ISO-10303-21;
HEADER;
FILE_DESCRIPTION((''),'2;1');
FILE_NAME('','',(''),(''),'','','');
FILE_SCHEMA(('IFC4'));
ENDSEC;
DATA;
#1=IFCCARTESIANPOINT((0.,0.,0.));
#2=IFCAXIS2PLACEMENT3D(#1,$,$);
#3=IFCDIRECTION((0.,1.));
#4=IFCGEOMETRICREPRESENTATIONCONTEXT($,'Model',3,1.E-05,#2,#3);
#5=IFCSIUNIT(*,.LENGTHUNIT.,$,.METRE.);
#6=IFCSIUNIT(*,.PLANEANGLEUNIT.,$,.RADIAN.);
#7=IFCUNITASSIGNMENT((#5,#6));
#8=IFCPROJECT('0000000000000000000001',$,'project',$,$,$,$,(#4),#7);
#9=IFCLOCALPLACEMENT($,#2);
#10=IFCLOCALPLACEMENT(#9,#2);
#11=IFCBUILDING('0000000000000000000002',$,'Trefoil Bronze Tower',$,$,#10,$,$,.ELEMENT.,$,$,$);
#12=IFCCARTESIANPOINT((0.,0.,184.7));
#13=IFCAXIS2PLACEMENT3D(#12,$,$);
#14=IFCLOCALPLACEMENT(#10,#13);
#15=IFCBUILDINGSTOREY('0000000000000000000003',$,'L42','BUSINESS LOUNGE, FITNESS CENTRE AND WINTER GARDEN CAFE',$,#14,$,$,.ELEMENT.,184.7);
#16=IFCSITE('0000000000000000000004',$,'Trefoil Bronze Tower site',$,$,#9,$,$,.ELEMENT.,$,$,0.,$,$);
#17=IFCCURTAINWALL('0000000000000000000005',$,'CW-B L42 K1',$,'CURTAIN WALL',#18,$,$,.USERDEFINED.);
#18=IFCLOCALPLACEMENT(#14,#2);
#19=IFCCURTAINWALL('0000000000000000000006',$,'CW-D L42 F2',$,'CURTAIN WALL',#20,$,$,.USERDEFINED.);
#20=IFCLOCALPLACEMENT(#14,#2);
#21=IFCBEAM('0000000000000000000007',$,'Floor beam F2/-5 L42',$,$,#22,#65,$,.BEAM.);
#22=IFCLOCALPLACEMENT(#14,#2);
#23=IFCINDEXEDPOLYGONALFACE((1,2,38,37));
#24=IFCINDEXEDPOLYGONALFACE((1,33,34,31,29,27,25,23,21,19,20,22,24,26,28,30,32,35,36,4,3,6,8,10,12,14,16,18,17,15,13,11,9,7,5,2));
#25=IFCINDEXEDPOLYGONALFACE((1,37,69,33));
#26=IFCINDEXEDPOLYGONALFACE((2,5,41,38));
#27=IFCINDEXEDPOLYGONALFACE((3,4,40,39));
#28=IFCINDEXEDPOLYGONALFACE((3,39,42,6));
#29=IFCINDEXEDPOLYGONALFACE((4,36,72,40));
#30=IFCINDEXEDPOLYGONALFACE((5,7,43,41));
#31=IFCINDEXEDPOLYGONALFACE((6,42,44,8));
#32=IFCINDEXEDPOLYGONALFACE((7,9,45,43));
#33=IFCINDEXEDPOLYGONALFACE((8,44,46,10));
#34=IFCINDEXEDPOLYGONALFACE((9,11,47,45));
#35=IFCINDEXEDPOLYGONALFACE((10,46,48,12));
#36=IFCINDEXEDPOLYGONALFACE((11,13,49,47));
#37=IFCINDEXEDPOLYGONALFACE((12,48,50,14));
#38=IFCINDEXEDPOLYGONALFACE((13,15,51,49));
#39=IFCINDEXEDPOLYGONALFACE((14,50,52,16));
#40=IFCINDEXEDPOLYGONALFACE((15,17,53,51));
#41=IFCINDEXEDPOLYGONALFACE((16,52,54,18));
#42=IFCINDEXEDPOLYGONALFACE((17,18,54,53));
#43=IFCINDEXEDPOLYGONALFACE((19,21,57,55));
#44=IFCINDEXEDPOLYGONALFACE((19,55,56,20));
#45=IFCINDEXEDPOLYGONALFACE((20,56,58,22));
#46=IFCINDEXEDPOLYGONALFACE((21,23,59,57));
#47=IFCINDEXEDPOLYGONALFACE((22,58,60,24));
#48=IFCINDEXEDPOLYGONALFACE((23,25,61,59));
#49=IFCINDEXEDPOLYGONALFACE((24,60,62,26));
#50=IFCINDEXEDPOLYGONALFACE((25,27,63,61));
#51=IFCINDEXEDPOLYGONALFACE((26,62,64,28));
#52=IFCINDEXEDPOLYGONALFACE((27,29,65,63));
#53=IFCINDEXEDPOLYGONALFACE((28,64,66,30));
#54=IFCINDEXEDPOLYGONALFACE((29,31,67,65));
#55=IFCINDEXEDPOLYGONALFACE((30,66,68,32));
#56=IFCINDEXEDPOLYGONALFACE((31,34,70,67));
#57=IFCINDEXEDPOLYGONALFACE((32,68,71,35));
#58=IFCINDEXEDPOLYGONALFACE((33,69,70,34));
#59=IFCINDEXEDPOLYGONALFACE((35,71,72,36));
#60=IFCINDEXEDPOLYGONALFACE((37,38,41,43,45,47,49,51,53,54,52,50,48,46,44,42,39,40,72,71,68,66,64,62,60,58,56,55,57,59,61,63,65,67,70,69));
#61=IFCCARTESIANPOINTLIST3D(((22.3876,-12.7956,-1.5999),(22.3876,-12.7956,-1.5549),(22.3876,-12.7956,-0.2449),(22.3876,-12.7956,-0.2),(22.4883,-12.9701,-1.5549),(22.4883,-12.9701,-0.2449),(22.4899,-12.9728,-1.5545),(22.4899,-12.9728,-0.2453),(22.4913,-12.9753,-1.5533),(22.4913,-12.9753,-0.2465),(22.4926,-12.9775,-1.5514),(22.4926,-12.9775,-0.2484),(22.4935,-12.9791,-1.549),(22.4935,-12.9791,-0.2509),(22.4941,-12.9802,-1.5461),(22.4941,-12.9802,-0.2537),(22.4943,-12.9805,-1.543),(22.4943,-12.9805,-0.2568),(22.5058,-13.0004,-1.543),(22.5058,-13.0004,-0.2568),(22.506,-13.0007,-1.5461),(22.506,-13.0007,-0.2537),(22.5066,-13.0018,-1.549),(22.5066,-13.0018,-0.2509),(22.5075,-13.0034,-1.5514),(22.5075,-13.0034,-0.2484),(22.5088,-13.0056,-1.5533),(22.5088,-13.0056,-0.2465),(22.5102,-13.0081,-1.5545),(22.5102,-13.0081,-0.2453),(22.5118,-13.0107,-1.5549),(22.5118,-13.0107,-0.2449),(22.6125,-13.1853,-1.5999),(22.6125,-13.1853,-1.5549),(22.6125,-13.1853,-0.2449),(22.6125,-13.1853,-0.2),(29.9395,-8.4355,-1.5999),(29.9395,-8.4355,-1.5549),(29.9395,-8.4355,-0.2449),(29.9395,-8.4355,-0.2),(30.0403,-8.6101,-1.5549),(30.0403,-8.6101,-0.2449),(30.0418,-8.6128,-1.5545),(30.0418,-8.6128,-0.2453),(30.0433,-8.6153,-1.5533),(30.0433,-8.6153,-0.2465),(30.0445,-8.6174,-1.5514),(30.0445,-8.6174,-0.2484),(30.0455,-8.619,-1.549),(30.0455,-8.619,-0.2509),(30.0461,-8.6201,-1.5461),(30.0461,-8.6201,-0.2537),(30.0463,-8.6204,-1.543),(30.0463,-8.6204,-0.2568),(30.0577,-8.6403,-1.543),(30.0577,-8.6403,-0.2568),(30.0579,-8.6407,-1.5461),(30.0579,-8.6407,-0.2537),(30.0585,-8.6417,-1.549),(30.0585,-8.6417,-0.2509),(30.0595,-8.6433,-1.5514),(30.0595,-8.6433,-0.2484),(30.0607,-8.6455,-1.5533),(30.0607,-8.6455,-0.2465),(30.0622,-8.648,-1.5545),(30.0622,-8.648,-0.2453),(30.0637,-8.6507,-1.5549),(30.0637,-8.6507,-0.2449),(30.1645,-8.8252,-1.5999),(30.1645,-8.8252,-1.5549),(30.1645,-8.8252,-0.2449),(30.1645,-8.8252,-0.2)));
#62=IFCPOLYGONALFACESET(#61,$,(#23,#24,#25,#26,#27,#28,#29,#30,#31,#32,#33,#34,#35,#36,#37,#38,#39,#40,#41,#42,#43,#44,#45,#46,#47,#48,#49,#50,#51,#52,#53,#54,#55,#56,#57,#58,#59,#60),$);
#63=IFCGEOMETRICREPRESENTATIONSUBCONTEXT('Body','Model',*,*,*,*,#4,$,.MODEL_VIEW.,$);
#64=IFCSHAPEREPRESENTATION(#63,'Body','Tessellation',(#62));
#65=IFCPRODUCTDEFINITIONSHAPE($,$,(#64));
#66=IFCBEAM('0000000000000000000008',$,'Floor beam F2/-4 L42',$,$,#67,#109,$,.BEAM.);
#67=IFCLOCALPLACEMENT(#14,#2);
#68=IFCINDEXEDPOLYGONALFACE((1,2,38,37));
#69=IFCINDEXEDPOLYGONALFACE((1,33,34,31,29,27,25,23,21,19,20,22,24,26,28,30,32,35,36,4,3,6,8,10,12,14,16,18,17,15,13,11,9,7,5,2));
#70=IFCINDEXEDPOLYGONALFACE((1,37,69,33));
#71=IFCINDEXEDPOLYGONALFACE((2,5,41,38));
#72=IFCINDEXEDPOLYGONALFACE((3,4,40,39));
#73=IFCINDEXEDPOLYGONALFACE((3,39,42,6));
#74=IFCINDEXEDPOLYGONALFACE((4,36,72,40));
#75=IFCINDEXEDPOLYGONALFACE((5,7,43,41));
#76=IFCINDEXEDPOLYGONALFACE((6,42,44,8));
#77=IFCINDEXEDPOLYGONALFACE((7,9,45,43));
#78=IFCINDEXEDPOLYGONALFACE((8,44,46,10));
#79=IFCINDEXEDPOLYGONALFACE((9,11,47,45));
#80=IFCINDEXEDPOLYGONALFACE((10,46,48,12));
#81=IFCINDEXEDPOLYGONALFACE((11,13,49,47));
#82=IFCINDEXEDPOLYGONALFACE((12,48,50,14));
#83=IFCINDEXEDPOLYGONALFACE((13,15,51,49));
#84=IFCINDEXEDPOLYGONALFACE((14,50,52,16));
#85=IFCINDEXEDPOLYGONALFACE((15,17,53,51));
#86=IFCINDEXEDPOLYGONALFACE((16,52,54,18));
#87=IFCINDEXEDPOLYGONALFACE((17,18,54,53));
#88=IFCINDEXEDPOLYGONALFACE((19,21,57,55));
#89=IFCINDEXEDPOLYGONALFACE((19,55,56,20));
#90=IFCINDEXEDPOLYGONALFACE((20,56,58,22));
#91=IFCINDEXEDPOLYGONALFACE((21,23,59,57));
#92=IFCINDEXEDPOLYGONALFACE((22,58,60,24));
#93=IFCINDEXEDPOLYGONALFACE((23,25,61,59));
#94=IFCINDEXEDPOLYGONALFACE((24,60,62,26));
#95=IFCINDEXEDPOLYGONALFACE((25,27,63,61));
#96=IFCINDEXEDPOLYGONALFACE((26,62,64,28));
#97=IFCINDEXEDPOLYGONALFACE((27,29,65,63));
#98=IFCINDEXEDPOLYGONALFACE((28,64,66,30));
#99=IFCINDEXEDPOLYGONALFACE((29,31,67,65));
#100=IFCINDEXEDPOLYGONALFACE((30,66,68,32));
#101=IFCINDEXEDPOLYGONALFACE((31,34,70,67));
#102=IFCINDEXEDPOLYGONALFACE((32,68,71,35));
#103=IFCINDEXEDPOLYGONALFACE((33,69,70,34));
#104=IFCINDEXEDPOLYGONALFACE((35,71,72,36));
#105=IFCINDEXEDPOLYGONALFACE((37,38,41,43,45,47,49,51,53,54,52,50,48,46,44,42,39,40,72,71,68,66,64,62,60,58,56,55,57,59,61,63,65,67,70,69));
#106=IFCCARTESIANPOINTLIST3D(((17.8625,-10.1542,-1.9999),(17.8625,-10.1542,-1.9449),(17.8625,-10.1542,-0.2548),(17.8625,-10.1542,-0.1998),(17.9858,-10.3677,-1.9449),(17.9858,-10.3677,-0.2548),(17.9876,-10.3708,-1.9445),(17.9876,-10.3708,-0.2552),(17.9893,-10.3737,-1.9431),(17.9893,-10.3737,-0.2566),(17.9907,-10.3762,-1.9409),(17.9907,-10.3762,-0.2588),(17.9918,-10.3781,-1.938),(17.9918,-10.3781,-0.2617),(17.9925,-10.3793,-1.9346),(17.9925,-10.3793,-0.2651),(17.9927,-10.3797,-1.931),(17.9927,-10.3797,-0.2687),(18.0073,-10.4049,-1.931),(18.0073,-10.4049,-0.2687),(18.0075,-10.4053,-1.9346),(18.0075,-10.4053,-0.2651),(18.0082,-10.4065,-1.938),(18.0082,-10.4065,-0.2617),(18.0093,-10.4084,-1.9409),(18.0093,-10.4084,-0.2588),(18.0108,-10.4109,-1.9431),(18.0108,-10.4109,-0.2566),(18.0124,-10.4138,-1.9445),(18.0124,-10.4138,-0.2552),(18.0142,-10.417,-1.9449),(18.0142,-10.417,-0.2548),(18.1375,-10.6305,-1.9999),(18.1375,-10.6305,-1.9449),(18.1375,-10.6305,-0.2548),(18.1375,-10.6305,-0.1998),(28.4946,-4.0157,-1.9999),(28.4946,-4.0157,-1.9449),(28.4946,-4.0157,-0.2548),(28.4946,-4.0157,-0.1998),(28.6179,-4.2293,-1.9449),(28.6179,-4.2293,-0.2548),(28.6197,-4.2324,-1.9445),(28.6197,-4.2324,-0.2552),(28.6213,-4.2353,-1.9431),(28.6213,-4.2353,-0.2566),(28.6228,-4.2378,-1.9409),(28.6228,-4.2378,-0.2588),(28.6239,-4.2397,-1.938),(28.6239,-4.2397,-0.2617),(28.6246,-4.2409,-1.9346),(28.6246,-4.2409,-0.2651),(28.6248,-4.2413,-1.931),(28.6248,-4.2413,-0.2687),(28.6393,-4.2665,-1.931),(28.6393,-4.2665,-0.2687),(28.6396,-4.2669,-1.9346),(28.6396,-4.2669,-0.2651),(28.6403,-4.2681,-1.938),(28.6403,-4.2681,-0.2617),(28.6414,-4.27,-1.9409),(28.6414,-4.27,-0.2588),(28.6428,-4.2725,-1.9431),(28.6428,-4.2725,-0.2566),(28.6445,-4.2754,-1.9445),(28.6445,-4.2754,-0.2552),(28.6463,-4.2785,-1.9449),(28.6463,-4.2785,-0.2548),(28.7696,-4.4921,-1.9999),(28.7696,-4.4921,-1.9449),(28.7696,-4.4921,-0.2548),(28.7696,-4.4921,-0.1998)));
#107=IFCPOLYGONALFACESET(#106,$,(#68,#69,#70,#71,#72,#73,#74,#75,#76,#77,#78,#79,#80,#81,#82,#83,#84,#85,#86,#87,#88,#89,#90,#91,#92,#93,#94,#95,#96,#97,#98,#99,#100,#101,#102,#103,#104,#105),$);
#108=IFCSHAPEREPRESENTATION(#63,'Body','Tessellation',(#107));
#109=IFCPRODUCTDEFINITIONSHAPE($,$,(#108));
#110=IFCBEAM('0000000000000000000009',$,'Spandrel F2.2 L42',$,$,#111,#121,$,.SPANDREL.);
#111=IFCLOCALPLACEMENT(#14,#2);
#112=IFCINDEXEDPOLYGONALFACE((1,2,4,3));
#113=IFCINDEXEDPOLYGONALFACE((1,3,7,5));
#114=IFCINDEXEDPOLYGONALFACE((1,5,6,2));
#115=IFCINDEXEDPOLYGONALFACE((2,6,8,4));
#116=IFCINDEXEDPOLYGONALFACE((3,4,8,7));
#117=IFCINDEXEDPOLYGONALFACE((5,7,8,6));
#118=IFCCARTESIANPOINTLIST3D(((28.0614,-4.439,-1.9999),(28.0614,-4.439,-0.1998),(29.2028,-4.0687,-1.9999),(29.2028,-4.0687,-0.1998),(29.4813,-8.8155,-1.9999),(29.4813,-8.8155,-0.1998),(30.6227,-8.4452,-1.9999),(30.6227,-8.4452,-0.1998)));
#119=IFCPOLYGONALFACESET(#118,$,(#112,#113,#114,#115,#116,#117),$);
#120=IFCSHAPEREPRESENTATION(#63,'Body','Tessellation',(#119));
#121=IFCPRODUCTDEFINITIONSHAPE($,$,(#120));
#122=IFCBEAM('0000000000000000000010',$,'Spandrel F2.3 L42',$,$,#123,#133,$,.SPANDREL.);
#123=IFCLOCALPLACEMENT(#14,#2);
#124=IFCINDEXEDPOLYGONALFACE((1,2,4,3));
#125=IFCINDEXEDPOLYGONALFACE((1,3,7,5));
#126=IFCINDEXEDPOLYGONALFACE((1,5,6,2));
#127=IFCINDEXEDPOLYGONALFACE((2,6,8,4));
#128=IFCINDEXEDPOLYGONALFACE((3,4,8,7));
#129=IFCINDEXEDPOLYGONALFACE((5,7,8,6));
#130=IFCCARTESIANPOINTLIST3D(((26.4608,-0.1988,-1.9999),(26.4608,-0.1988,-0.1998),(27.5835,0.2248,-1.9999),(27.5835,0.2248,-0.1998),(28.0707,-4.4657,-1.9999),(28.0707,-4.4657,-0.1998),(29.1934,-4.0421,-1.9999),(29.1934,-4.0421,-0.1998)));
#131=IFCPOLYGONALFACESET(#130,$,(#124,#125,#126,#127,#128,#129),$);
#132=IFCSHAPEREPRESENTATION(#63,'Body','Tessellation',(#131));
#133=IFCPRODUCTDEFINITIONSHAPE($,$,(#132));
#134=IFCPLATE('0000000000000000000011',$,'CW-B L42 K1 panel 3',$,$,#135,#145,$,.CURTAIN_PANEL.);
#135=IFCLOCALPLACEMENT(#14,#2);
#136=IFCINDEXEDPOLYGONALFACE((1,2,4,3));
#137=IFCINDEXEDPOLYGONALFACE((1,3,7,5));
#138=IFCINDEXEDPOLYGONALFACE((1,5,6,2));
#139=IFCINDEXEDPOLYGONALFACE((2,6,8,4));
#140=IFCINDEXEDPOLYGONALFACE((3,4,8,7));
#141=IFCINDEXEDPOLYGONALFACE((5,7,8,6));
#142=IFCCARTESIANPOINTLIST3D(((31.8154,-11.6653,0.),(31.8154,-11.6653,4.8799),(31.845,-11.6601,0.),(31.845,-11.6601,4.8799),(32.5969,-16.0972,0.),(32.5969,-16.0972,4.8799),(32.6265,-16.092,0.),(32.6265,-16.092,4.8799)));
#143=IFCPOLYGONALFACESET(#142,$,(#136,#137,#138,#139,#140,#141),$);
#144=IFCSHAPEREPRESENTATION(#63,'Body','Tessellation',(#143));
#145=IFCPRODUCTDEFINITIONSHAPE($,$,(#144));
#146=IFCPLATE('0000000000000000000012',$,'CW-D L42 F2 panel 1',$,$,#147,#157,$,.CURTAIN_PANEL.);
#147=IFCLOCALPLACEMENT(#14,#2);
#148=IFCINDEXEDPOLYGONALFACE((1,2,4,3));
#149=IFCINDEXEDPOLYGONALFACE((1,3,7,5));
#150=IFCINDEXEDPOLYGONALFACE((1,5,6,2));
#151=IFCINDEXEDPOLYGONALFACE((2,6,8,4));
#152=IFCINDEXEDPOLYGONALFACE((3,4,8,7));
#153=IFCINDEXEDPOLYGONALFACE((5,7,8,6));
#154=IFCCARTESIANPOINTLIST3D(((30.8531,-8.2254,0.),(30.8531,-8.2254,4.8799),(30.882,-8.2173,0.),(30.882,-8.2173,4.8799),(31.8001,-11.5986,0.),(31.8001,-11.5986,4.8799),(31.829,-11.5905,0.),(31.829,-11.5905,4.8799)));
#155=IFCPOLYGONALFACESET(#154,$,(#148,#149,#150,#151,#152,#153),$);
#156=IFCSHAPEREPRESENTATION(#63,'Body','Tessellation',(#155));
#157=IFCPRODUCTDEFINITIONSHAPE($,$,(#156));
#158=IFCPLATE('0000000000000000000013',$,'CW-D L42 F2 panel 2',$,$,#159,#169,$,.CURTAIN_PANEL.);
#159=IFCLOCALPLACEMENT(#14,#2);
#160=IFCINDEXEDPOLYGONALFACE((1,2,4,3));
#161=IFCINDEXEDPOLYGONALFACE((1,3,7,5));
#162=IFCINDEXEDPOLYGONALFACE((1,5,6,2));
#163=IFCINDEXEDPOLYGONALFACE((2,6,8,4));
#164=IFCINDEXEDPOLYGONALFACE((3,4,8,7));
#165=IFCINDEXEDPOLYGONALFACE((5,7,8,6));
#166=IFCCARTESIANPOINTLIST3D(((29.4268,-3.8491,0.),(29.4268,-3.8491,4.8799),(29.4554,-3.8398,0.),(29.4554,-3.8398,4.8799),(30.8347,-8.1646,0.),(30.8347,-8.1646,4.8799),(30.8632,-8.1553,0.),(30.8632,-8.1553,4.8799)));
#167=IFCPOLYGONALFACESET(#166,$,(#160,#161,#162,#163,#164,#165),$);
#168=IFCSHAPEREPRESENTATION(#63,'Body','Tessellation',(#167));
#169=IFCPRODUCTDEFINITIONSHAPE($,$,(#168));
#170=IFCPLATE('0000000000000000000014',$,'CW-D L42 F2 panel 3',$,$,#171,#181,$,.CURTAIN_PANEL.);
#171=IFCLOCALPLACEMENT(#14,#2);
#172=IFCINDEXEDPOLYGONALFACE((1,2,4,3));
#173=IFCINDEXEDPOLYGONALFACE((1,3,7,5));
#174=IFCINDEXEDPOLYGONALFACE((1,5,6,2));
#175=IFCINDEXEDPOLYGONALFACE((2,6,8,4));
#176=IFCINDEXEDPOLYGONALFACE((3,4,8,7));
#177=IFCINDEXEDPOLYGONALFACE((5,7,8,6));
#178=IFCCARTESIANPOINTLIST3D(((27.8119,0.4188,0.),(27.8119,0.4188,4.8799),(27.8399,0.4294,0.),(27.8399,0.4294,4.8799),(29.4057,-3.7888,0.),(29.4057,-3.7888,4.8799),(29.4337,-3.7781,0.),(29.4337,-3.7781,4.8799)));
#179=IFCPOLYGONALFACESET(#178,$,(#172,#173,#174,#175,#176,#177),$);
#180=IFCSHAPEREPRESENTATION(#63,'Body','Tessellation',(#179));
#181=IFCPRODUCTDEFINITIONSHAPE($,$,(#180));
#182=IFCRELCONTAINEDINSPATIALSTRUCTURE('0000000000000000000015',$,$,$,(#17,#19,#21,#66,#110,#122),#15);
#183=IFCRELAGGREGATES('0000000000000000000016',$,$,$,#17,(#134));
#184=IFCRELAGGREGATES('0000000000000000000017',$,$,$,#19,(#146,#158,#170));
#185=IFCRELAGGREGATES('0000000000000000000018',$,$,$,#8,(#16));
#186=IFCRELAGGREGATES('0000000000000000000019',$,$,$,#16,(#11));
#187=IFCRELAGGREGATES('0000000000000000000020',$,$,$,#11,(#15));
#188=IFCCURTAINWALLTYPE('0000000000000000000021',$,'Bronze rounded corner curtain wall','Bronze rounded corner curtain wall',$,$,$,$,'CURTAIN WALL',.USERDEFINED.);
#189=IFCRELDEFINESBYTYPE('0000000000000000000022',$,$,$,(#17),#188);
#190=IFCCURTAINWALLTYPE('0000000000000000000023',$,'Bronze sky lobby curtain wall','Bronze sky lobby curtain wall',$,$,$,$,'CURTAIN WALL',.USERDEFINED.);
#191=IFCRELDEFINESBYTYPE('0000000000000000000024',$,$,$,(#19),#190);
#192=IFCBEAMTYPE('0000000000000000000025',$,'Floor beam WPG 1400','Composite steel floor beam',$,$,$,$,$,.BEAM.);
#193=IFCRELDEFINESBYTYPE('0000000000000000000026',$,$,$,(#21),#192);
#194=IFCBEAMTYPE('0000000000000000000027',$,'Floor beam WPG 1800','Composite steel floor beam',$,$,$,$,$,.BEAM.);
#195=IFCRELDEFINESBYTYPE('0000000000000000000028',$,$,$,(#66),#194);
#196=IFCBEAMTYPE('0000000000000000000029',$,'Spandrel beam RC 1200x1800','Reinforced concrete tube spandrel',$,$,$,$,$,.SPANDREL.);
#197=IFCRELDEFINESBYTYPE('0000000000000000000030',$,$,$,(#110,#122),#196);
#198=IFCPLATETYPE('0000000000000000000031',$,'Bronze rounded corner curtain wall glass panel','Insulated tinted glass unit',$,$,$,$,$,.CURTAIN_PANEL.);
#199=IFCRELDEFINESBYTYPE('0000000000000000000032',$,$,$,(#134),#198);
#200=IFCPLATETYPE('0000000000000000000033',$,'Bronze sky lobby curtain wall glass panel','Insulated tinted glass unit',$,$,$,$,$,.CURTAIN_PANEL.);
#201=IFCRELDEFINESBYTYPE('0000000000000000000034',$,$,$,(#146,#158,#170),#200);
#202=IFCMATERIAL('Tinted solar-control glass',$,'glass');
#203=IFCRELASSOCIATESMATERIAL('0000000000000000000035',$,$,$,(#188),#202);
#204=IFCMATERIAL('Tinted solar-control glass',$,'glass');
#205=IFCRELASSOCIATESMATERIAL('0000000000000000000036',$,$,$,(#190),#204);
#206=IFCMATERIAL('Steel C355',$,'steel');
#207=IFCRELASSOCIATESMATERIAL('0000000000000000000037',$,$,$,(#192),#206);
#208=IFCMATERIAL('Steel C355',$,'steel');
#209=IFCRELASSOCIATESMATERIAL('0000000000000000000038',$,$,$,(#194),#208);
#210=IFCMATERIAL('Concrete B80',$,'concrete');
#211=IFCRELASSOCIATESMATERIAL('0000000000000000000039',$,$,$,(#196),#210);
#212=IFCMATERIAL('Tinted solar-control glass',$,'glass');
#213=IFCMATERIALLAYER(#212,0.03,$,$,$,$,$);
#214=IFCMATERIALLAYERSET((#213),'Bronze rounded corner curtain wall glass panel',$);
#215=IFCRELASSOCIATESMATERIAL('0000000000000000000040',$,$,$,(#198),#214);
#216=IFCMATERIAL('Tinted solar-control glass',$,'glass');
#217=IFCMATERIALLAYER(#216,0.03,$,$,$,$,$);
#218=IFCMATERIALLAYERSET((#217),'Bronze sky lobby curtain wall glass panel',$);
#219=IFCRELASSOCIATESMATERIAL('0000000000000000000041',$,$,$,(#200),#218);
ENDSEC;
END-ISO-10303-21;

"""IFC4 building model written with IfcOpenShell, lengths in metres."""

from ifc_helpers import new_model, si_unit, direction, frame, origin, origin_2d, place, context, subcontext, project, spatial, rectangle, i_section, extrude, material, layer, layer_set, material_profile, profile_set, type_object, element, aggregate, save


model = new_model("IFC4")

# Units and contexts
model_context = context("Model", 3, precision=1e-05, world=origin(), true_north=direction((0.0, 1.0)))
body_context = subcontext(model_context, "Body", "Model", "MODEL_VIEW")
ifc_project = project(units=[si_unit("LENGTHUNIT", "METRE"), si_unit("PLANEANGLEUNIT", "RADIAN")], contexts=[model_context])

# Site, building, storey
site_placement = place(None, origin())
site = spatial("IfcSite", under=ifc_project, at=site_placement, Name="Trefoil Bronze Tower site", CompositionType="ELEMENT", RefElevation=0.0)
building_placement = place(site_placement, origin())
building = spatial("IfcBuilding", under=site, at=building_placement, Name="Trefoil Bronze Tower", CompositionType="ELEMENT")
storey_placement = place(building_placement, frame((0.0, 0.0, 184.7)))
storey = spatial("IfcBuildingStorey", under=building, at=storey_placement, Name="L42", Description="BUSINESS LOUNGE, FITNESS CENTRE AND WINTER GARDEN CAFE", CompositionType="ELEMENT", Elevation=184.7)

# Curtain walls
ifc_material_1 = material(Name="Tinted solar-control glass", Category="glass")
curtain_wall_type_1 = type_object("IfcCurtainWallType", Name="Bronze rounded corner curtain wall", Description="Bronze rounded corner curtain wall", ElementType="CURTAIN WALL", PredefinedType="USERDEFINED", material=ifc_material_1)
curtain_wall_1_placement = place(storey_placement, origin())
curtain_wall_1 = element("IfcCurtainWall", 1, at=curtain_wall_1_placement, inside=storey, type_object=curtain_wall_type_1, Name="CW-B L42 K1", ObjectType="CURTAIN WALL", PredefinedType="USERDEFINED")
ifc_material_2 = material(Name="Tinted solar-control glass", Category="glass")
curtain_wall_type_2 = type_object("IfcCurtainWallType", Name="Bronze sky lobby curtain wall", Description="Bronze sky lobby curtain wall", ElementType="CURTAIN WALL", PredefinedType="USERDEFINED", material=ifc_material_2)
curtain_wall_2_placement = place(storey_placement, origin())
curtain_wall_2 = element("IfcCurtainWall", 2, at=curtain_wall_2_placement, inside=storey, type_object=curtain_wall_type_2, Name="CW-D L42 F2", ObjectType="CURTAIN WALL", PredefinedType="USERDEFINED")

# Beams
ifc_material_3 = material(Name="Steel C355", Category="steel")
ifc_material_profile_1 = material_profile(ifc_material_3, i_section(OverallWidth=0.45, OverallDepth=1.3999, WebThickness=0.0229, FlangeThickness=0.0449, FilletRadius=0.012, at=origin_2d()), Name="WPG 1400")
ifc_profile_set_1 = profile_set([ifc_material_profile_1], Name="Steel C355")
beam_type_1 = type_object("IfcBeamType", Name="Floor beam WPG 1400", Description="Composite steel floor beam", PredefinedType="BEAM", material=ifc_profile_set_1)
beam_1_placement = place(storey_placement, frame((30.052, -8.6304, -0.8999), z_axis=(-0.866028, -0.499996, 0.0), x_axis=(0.499996, -0.866028, 0.0)))
element("IfcBeam", 3, at=beam_1_placement, inside=storey, type_object=beam_type_1, Name="Floor beam F2/-5 L42", PredefinedType="BEAM", context=body_context, shape_type="SweptSolid", body=[
    extrude(i_section(OverallWidth=0.45, OverallDepth=1.3999, WebThickness=0.0229, FlangeThickness=0.0449, FilletRadius=0.012, at=origin_2d()), origin(), (0.0, 0.0, 1.0), 8.7202),
])
ifc_material_4 = material(Name="Steel C355", Category="steel")
ifc_material_profile_2 = material_profile(ifc_material_4, i_section(OverallWidth=0.55, OverallDepth=1.8, WebThickness=0.0291, FlangeThickness=0.0549, FilletRadius=0.0139, at=origin_2d()), Name="WPG 1800")
ifc_profile_set_2 = profile_set([ifc_material_profile_2], Name="Steel C355")
beam_type_2 = type_object("IfcBeamType", Name="Floor beam WPG 1800", Description="Composite steel floor beam", PredefinedType="BEAM", material=ifc_profile_set_2)
beam_2_placement = place(storey_placement, frame((28.6321, -4.2539, -1.0999), z_axis=(-0.866026, -0.5, 0.0), x_axis=(0.5, -0.866026, 0.0)))
element("IfcBeam", 4, at=beam_2_placement, inside=storey, type_object=beam_type_2, Name="Floor beam F2/-4 L42", PredefinedType="BEAM", context=body_context, shape_type="SweptSolid", body=[
    extrude(i_section(OverallWidth=0.55, OverallDepth=1.8, WebThickness=0.0291, FlangeThickness=0.0549, FilletRadius=0.0139, at=origin_2d()), origin(), (0.0, 0.0, 1.0), 12.2769),
])
ifc_material_5 = material(Name="Concrete B80", Category="concrete")
ifc_material_profile_3 = material_profile(ifc_material_5, rectangle(XDim=1.2, YDim=1.8, at=origin_2d()), Name="RC 1200x1800")
ifc_profile_set_3 = profile_set([ifc_material_profile_3], Name="Concrete B80")
beam_type_3 = type_object("IfcBeamType", Name="Spandrel beam RC 1200x1800", Description="Reinforced concrete tube spandrel", PredefinedType="SPANDREL", material=ifc_profile_set_3)
beam_3_placement = place(storey_placement, frame((30.052, -8.6304, -1.0999), z_axis=(-0.308609, 0.951189, 0.0), x_axis=(-0.951189, -0.308609, 0.0)))
element("IfcBeam", 5, at=beam_3_placement, inside=storey, type_object=beam_type_3, Name="Spandrel F2.2 L42", PredefinedType="SPANDREL", context=body_context, shape_type="SweptSolid", body=[
    extrude(rectangle(XDim=1.2, YDim=1.8, at=origin_2d()), origin(), (0.0, 0.0, 1.0), 4.6011),
])
beam_4_placement = place(storey_placement, frame((28.6321, -4.2539, -1.0999), z_axis=(-0.353006, 0.935621, 0.0), x_axis=(-0.935621, -0.353006, 0.0)))
element("IfcBeam", 6, at=beam_4_placement, inside=storey, type_object=beam_type_3, Name="Spandrel F2.3 L42", PredefinedType="SPANDREL", context=body_context, shape_type="SweptSolid", body=[
    extrude(rectangle(XDim=1.2, YDim=1.8, at=origin_2d()), origin(), (0.0, 0.0, 1.0), 4.5605),
])

# Plates
ifc_material_6 = material(Name="Tinted solar-control glass", Category="glass")
ifc_layer_1 = layer(ifc_material_6, 0.03)
ifc_layer_set_1 = layer_set([ifc_layer_1], Name="Bronze rounded corner curtain wall glass panel")
plate_type_1 = type_object("IfcPlateType", Name="Bronze rounded corner curtain wall glass panel", Description="Insulated tinted glass unit", PredefinedType="CURTAIN_PANEL", material=ifc_layer_set_1)
plate_1_placement = place(storey_placement, frame((32.2209, -13.8787, 0.0), z_axis=(0.0, 0.0, 1.0), x_axis=(-0.173648, 0.984808, 0.0)))
plate_1 = element("IfcPlate", 7, at=plate_1_placement, type_object=plate_type_1, Name="CW-B L42 K1 panel 3", PredefinedType="CURTAIN_PANEL", context=body_context, shape_type="SweptSolid", body=[
    extrude(rectangle(XDim=4.5002, YDim=0.03, at=origin_2d()), origin(), (0.0, 0.0, 1.0), 4.8799),
])
aggregate(curtain_wall_1, [plate_1])
ifc_material_7 = material(Name="Tinted solar-control glass", Category="glass")
ifc_layer_2 = layer(ifc_material_7, 0.03)
ifc_layer_set_2 = layer_set([ifc_layer_2], Name="Bronze sky lobby curtain wall glass panel")
plate_type_2 = type_object("IfcPlateType", Name="Bronze sky lobby curtain wall glass panel", Description="Insulated tinted glass unit", PredefinedType="CURTAIN_PANEL", material=ifc_layer_set_2)
plate_2_placement = place(storey_placement, frame((31.3411, -9.908, 0.0), z_axis=(0.0, 0.0, 1.0), x_axis=(-0.270282, 0.962781, 0.0)))
plate_2 = element("IfcPlate", 8, at=plate_2_placement, type_object=plate_type_2, Name="CW-D L42 F2 panel 1", PredefinedType="CURTAIN_PANEL", context=body_context, shape_type="SweptSolid", body=[
    extrude(rectangle(XDim=3.5037, YDim=0.03, at=origin_2d()), origin(), (0.0, 0.0, 1.0), 4.8799),
])
plate_3_placement = place(storey_placement, frame((30.145, -6.0022, 0.0), z_axis=(0.0, 0.0, 1.0), x_axis=(-0.310149, 0.950688, 0.0)))
plate_3 = element("IfcPlate", 9, at=plate_3_placement, type_object=plate_type_2, Name="CW-D L42 F2 panel 2", PredefinedType="CURTAIN_PANEL", context=body_context, shape_type="SweptSolid", body=[
    extrude(rectangle(XDim=4.5393, YDim=0.03, at=origin_2d()), origin(), (0.0, 0.0, 1.0), 4.8799),
])
plate_4_placement = place(storey_placement, frame((28.6228, -1.6797, 0.0), z_axis=(0.0, 0.0, 1.0), x_axis=(-0.354234, 0.935157, 0.0)))
plate_4 = element("IfcPlate", 10, at=plate_4_placement, type_object=plate_type_2, Name="CW-D L42 F2 panel 3", PredefinedType="CURTAIN_PANEL", context=body_context, shape_type="SweptSolid", body=[
    extrude(rectangle(XDim=4.4993, YDim=0.03, at=origin_2d()), origin(), (0.0, 0.0, 1.0), 4.8799),
])
aggregate(curtain_wall_2, [plate_2, plate_3, plate_4])

save(model, "model.ifc")
